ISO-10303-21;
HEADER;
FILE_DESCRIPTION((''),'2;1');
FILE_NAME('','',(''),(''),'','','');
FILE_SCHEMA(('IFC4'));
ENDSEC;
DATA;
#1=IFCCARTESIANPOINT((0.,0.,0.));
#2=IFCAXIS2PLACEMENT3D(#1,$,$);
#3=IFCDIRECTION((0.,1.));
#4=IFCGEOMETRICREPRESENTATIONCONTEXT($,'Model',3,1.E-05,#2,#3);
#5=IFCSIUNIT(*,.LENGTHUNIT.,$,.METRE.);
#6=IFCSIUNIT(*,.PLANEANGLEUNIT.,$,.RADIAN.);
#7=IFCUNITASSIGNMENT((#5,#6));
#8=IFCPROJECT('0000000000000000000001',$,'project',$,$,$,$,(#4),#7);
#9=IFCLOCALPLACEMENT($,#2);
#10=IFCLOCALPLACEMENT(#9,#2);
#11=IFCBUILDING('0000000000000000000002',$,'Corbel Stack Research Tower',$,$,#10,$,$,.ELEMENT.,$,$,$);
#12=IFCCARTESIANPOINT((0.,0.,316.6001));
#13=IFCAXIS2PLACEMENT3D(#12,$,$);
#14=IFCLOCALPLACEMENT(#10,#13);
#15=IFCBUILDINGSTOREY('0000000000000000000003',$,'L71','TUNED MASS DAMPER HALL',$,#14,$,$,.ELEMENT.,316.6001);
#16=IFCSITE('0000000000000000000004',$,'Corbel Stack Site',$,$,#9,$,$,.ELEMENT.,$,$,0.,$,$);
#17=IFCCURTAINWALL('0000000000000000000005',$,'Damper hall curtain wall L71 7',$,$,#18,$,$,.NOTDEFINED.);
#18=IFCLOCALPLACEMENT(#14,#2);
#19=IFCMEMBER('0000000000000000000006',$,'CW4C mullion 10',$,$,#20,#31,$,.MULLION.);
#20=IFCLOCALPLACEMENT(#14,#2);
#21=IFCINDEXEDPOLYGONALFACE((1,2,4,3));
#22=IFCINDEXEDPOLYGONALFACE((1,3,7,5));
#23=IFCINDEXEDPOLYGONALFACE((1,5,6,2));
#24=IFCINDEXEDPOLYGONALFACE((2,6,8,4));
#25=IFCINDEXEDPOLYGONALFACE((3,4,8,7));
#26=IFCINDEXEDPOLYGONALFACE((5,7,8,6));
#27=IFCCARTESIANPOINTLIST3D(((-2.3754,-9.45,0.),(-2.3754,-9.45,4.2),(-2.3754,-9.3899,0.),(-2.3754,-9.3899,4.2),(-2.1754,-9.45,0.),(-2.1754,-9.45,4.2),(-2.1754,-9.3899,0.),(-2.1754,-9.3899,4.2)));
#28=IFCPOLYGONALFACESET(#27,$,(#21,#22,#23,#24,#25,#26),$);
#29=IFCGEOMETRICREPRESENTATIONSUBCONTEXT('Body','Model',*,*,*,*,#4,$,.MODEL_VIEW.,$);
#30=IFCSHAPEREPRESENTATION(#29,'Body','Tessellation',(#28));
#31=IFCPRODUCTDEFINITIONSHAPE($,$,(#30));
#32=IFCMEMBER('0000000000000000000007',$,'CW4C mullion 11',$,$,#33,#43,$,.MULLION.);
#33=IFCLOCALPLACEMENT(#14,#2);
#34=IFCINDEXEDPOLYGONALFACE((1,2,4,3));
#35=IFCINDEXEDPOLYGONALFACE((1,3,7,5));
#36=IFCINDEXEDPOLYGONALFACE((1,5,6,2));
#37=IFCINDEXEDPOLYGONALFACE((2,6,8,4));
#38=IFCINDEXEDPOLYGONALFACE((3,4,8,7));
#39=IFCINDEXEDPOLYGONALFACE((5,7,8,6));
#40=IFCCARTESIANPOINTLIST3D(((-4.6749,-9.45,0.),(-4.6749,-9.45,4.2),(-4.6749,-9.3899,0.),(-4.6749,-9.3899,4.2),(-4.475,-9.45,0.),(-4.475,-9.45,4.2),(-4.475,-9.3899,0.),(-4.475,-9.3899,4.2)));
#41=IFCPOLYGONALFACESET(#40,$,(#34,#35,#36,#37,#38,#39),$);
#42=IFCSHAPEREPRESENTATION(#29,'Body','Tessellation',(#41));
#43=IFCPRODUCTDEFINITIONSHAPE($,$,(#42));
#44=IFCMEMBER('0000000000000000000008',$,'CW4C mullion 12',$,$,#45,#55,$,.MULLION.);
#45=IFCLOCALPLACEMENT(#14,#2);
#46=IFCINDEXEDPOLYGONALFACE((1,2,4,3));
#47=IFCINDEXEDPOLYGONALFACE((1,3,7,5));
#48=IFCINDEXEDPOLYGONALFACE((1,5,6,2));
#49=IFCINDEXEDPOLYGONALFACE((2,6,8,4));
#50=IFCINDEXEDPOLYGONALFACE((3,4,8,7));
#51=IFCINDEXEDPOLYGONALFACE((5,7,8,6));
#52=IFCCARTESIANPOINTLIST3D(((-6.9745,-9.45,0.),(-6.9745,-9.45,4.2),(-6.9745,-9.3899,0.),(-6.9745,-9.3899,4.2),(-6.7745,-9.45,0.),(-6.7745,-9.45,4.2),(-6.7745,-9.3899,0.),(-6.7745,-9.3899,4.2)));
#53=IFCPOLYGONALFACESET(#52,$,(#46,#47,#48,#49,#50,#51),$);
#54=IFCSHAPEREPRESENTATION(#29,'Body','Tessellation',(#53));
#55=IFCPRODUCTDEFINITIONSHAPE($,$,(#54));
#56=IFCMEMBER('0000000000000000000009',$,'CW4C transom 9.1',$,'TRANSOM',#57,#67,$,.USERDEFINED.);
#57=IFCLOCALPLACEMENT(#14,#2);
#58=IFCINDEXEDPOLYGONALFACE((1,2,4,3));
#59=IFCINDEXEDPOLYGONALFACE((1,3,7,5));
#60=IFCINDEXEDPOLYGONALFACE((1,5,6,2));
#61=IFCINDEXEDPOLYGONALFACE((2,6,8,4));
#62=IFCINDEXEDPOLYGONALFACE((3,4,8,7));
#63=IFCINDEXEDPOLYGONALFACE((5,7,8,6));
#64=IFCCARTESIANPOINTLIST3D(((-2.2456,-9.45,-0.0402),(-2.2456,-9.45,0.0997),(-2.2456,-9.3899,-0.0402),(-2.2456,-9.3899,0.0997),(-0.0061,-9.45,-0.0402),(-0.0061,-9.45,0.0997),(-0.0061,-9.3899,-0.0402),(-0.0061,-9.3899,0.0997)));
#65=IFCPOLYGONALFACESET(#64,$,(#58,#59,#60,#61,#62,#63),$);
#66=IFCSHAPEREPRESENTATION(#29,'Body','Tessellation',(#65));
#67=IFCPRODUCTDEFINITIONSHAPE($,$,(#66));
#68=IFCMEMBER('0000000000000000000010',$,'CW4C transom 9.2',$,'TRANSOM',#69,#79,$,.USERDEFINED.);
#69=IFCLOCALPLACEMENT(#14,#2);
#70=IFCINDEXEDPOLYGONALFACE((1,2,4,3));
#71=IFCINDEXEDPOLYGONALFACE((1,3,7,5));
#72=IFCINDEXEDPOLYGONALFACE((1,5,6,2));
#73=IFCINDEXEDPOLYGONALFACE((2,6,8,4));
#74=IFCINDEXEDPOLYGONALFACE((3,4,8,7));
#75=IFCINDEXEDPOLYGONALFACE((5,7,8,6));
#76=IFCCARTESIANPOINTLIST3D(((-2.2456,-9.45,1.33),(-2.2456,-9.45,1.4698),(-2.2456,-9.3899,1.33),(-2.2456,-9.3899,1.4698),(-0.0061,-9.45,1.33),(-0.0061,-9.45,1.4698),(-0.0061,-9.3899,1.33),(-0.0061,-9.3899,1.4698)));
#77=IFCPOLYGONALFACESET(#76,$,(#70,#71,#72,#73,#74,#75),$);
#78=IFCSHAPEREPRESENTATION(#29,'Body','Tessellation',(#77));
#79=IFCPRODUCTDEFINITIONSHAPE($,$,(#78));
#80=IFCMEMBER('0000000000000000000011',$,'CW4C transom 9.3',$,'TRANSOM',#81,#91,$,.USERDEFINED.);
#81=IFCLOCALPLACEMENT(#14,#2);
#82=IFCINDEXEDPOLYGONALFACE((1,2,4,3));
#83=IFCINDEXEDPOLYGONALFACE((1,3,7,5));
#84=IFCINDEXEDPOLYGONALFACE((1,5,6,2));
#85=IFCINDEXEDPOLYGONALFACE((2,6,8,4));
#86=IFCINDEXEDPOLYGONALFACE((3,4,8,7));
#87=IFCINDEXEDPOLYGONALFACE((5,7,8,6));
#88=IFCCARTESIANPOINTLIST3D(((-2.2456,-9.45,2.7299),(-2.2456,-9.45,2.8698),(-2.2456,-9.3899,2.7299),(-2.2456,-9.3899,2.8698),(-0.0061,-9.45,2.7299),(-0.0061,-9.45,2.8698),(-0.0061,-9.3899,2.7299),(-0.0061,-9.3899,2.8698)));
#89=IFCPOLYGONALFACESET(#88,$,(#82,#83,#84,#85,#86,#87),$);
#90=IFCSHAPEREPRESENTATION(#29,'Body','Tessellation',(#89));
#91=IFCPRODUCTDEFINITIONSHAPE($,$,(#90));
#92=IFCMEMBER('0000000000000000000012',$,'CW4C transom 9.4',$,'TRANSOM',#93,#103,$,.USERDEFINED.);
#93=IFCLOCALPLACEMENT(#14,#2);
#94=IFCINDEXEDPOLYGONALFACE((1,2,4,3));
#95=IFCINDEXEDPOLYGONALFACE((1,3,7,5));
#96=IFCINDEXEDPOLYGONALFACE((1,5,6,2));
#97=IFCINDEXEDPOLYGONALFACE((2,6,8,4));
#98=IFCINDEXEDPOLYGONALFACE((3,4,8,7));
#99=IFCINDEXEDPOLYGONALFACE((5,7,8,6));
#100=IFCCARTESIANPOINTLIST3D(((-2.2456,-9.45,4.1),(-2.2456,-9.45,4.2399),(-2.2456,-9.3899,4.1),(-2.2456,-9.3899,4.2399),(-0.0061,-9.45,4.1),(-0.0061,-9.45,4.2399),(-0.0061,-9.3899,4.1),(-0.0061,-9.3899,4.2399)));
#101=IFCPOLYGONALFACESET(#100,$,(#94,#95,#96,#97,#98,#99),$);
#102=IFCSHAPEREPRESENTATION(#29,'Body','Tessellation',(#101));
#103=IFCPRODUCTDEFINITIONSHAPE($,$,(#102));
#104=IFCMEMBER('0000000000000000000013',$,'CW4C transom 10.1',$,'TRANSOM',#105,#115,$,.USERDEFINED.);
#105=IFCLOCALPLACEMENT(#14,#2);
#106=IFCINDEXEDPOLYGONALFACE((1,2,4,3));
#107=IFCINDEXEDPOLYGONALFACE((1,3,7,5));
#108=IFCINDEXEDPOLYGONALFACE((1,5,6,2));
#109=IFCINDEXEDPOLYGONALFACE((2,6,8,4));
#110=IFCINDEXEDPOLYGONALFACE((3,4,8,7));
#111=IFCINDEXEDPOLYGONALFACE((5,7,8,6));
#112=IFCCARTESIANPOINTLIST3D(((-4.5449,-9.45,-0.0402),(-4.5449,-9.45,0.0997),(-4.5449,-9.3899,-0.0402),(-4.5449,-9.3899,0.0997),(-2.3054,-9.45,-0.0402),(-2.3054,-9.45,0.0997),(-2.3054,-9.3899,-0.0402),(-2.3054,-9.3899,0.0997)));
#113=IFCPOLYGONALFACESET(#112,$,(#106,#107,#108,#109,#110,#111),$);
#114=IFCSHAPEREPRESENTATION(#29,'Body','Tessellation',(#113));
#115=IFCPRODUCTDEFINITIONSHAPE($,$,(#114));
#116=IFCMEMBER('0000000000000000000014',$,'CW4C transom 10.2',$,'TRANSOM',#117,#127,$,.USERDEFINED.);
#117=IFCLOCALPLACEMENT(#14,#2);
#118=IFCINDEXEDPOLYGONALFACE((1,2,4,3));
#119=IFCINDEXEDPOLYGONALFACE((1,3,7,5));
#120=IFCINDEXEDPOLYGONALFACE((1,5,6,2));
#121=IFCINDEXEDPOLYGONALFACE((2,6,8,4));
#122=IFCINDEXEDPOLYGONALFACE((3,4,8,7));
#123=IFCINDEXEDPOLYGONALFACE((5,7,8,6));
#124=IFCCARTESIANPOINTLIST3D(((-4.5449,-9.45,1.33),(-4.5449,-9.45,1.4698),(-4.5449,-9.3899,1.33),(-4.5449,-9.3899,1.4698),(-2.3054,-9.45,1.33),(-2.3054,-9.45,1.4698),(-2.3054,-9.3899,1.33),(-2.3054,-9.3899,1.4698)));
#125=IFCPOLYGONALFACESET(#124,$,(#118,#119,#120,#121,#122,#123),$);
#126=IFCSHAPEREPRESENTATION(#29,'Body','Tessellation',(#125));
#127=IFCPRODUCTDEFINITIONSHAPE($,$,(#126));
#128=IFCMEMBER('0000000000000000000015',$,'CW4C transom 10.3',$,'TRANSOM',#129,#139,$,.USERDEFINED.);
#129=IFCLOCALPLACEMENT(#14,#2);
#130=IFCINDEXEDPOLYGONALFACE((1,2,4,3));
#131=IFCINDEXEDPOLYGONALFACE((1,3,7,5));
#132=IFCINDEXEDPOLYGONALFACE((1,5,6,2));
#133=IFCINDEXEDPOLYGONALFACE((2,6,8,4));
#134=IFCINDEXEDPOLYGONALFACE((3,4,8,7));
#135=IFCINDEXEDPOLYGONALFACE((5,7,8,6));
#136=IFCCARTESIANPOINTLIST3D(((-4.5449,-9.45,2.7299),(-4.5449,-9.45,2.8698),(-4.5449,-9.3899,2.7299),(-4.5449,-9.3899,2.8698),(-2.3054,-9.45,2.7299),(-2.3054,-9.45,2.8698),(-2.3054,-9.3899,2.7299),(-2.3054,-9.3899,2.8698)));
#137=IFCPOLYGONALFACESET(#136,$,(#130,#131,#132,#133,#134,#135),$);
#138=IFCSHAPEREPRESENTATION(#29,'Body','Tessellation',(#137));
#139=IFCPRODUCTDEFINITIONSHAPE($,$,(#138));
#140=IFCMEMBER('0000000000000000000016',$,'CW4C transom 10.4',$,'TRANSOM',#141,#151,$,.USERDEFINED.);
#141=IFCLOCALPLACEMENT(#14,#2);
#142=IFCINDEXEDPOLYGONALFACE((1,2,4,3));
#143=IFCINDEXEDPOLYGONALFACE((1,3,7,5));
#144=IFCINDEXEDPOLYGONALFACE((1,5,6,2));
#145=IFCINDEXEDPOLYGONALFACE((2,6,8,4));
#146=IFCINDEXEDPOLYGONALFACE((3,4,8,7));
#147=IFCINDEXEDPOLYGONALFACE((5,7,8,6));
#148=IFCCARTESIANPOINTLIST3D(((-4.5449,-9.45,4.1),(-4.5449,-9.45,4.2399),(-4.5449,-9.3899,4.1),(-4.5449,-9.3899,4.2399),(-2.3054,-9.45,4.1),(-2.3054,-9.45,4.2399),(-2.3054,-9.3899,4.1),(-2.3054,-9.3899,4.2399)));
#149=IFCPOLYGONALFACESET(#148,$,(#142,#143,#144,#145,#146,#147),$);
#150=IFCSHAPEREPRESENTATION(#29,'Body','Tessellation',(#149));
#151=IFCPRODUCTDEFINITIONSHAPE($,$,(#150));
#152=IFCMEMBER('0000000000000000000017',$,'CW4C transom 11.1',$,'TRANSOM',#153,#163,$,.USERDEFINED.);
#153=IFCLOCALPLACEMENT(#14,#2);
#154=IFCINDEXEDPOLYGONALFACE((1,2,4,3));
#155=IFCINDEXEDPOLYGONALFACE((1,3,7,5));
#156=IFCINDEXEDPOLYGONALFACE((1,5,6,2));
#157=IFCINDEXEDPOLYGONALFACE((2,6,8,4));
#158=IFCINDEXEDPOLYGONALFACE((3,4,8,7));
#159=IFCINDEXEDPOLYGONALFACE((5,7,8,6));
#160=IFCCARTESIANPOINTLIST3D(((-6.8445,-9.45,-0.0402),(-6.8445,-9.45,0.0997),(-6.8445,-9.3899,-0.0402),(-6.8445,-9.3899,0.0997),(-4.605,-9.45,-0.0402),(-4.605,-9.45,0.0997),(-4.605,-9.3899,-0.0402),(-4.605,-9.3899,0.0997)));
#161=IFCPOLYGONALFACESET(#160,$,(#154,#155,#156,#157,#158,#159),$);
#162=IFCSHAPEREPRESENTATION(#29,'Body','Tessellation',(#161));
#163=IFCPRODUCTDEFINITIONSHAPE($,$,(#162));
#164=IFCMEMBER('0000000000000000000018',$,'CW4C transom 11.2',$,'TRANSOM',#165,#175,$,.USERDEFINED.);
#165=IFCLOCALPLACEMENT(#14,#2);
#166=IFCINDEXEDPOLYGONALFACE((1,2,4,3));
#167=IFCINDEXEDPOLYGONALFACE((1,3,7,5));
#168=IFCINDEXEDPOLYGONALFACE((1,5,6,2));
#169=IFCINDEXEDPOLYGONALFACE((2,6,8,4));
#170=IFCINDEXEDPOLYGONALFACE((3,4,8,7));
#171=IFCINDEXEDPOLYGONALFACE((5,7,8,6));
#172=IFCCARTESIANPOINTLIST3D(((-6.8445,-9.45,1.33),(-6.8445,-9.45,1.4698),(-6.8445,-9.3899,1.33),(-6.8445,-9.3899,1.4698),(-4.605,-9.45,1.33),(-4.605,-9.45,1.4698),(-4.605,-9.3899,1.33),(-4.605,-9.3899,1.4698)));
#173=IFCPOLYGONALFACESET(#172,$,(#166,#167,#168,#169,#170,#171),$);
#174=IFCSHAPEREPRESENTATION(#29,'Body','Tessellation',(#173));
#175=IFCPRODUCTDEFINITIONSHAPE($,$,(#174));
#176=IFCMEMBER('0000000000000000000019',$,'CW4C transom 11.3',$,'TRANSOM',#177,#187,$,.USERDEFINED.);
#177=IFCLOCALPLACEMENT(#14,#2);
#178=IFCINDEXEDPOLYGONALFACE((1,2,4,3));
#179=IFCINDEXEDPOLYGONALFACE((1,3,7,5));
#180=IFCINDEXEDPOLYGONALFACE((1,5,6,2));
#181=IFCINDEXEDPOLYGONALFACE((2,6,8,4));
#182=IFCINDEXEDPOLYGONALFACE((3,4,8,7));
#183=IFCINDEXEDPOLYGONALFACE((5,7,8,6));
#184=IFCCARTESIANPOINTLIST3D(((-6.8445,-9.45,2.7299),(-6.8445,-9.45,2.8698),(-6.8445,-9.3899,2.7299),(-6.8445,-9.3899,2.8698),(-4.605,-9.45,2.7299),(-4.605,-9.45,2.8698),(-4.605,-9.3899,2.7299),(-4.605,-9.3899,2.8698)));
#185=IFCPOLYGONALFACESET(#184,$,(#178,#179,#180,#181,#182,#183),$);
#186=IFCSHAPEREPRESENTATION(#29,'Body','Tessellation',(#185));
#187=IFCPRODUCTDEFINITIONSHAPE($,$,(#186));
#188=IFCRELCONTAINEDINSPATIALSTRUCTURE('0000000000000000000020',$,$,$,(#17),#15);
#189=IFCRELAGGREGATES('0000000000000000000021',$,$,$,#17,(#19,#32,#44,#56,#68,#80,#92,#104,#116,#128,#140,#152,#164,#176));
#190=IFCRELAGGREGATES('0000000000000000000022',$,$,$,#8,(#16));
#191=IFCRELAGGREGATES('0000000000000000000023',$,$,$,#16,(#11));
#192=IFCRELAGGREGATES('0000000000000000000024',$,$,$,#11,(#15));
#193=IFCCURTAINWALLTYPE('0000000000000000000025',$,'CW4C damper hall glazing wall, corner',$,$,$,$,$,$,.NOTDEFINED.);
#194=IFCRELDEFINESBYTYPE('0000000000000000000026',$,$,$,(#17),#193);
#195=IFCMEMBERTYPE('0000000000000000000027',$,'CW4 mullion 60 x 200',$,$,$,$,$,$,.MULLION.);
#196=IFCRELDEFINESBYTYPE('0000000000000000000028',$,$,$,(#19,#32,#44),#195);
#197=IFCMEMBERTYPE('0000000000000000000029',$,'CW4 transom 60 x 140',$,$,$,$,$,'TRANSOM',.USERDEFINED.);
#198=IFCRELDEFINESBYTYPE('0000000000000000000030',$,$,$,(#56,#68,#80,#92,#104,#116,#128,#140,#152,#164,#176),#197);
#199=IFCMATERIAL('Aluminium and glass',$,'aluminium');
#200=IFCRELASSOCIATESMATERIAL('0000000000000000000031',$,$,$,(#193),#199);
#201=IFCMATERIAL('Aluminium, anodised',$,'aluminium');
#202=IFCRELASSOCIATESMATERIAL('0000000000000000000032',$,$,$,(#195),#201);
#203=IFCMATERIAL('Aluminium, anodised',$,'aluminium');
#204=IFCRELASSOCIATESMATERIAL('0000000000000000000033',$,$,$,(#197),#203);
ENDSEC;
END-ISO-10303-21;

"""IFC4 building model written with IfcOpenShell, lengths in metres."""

from ifc_helpers import new_model, si_unit, direction, frame, origin, origin_2d, place, context, subcontext, project, spatial, rectangle, extrude, material, material_profile, profile_set, type_object, element, aggregate, save


model = new_model("IFC4")

# Units and contexts
model_context = context("Model", 3, precision=1e-05, world=origin(), true_north=direction((0.0, 1.0)))
body_context = subcontext(model_context, "Body", "Model", "MODEL_VIEW")
ifc_project = project(units=[si_unit("LENGTHUNIT", "METRE"), si_unit("PLANEANGLEUNIT", "RADIAN")], contexts=[model_context])

# Site, building, storey
site_placement = place(None, origin())
site = spatial("IfcSite", under=ifc_project, at=site_placement, Name="Corbel Stack Site", CompositionType="ELEMENT", RefElevation=0.0)
building_placement = place(site_placement, origin())
building = spatial("IfcBuilding", under=site, at=building_placement, Name="Corbel Stack Research Tower", CompositionType="ELEMENT")
storey_placement = place(building_placement, frame((0.0, 0.0, 316.6001)))
storey = spatial("IfcBuildingStorey", under=building, at=storey_placement, Name="L71", Description="TUNED MASS DAMPER HALL", CompositionType="ELEMENT", Elevation=316.6001)

# Curtain wall, members
ifc_material_1 = material(Name="Aluminium and glass", Category="aluminium")
curtain_wall_type = type_object("IfcCurtainWallType", Name="CW4C damper hall glazing wall, corner", PredefinedType="NOTDEFINED", material=ifc_material_1)
curtain_wall_placement = place(storey_placement, origin())
curtain_wall = element("IfcCurtainWall", 1, at=curtain_wall_placement, inside=storey, type_object=curtain_wall_type, Name="Damper hall curtain wall L71 7", PredefinedType="NOTDEFINED")
ifc_material_2 = material(Name="Aluminium, anodised", Category="aluminium")
ifc_material_profile_1 = material_profile(ifc_material_2, rectangle(XDim=0.0601, YDim=0.2, at=origin_2d()), Name="CW4 mullion 60 x 200")
ifc_profile_set_1 = profile_set([ifc_material_profile_1], Name="Aluminium, anodised")
member_type_1 = type_object("IfcMemberType", Name="CW4 mullion 60 x 200", PredefinedType="MULLION", material=ifc_profile_set_1)
member_1_placement = place(storey_placement, frame((-2.2754, -9.4199, 0.0), z_axis=(0.0, 0.0, 1.0), x_axis=(0.0, -1.0, 0.0)))
member_1 = element("IfcMember", 2, at=member_1_placement, type_object=member_type_1, Name="CW4C mullion 10", PredefinedType="MULLION", context=body_context, shape_type="SweptSolid", body=[
    extrude(rectangle(XDim=0.0601, YDim=0.2, at=origin_2d()), origin(), (0.0, 0.0, 1.0), 4.2),
])
member_2_placement = place(storey_placement, frame((-4.575, -9.4199, 0.0), z_axis=(0.0, 0.0, 1.0), x_axis=(0.0, -1.0, 0.0)))
member_2 = element("IfcMember", 3, at=member_2_placement, type_object=member_type_1, Name="CW4C mullion 11", PredefinedType="MULLION", context=body_context, shape_type="SweptSolid", body=[
    extrude(rectangle(XDim=0.0601, YDim=0.2, at=origin_2d()), origin(), (0.0, 0.0, 1.0), 4.2),
])
member_3_placement = place(storey_placement, frame((-6.8745, -9.4199, 0.0), z_axis=(0.0, 0.0, 1.0), x_axis=(0.0, -1.0, 0.0)))
member_3 = element("IfcMember", 4, at=member_3_placement, type_object=member_type_1, Name="CW4C mullion 12", PredefinedType="MULLION", context=body_context, shape_type="SweptSolid", body=[
    extrude(rectangle(XDim=0.0601, YDim=0.2, at=origin_2d()), origin(), (0.0, 0.0, 1.0), 4.2),
])
ifc_material_3 = material(Name="Aluminium, anodised", Category="aluminium")
ifc_material_profile_2 = material_profile(ifc_material_3, rectangle(XDim=0.0601, YDim=0.1399, at=origin_2d()), Name="CW4 transom 60 x 140")
ifc_profile_set_2 = profile_set([ifc_material_profile_2], Name="Aluminium, anodised")
member_type_2 = type_object("IfcMemberType", Name="CW4 transom 60 x 140", ElementType="TRANSOM", PredefinedType="USERDEFINED", material=ifc_profile_set_2)
member_4_placement = place(storey_placement, frame((-0.0061, -9.4199, 0.0298), z_axis=(-1.0, 0.0, 0.0), x_axis=(0.0, -1.0, 0.0)))
member_4 = element("IfcMember", 5, at=member_4_placement, type_object=member_type_2, Name="CW4C transom 9.1", ObjectType="TRANSOM", PredefinedType="USERDEFINED", context=body_context, shape_type="SweptSolid", body=[
    extrude(rectangle(XDim=0.0601, YDim=0.1399, at=origin_2d()), origin(), (0.0, 0.0, 1.0), 2.2395),
])
member_5_placement = place(storey_placement, frame((-0.0061, -9.4199, 1.3999), z_axis=(-1.0, 0.0, 0.0), x_axis=(0.0, -1.0, 0.0)))
member_5 = element("IfcMember", 6, at=member_5_placement, type_object=member_type_2, Name="CW4C transom 9.2", ObjectType="TRANSOM", PredefinedType="USERDEFINED", context=body_context, shape_type="SweptSolid", body=[
    extrude(rectangle(XDim=0.0601, YDim=0.1399, at=origin_2d()), origin(), (0.0, 0.0, 1.0), 2.2395),
])
member_6_placement = place(storey_placement, frame((-0.0061, -9.4199, 2.7998), z_axis=(-1.0, 0.0, 0.0), x_axis=(0.0, -1.0, 0.0)))
member_6 = element("IfcMember", 7, at=member_6_placement, type_object=member_type_2, Name="CW4C transom 9.3", ObjectType="TRANSOM", PredefinedType="USERDEFINED", context=body_context, shape_type="SweptSolid", body=[
    extrude(rectangle(XDim=0.0601, YDim=0.1399, at=origin_2d()), origin(), (0.0, 0.0, 1.0), 2.2395),
])
member_7_placement = place(storey_placement, frame((-0.0061, -9.4199, 4.1699), z_axis=(-1.0, 0.0, 0.0), x_axis=(0.0, -1.0, 0.0)))
member_7 = element("IfcMember", 8, at=member_7_placement, type_object=member_type_2, Name="CW4C transom 9.4", ObjectType="TRANSOM", PredefinedType="USERDEFINED", context=body_context, shape_type="SweptSolid", body=[
    extrude(rectangle(XDim=0.0601, YDim=0.1399, at=origin_2d()), origin(), (0.0, 0.0, 1.0), 2.2395),
])
member_8_placement = place(storey_placement, frame((-2.3054, -9.4199, 0.0298), z_axis=(-1.0, 0.0, 0.0), x_axis=(0.0, -1.0, 0.0)))
member_8 = element("IfcMember", 9, at=member_8_placement, type_object=member_type_2, Name="CW4C transom 10.1", ObjectType="TRANSOM", PredefinedType="USERDEFINED", context=body_context, shape_type="SweptSolid", body=[
    extrude(rectangle(XDim=0.0601, YDim=0.1399, at=origin_2d()), origin(), (0.0, 0.0, 1.0), 2.2395),
])
member_9_placement = place(storey_placement, frame((-2.3054, -9.4199, 1.3999), z_axis=(-1.0, 0.0, 0.0), x_axis=(0.0, -1.0, 0.0)))
member_9 = element("IfcMember", 10, at=member_9_placement, type_object=member_type_2, Name="CW4C transom 10.2", ObjectType="TRANSOM", PredefinedType="USERDEFINED", context=body_context, shape_type="SweptSolid", body=[
    extrude(rectangle(XDim=0.0601, YDim=0.1399, at=origin_2d()), origin(), (0.0, 0.0, 1.0), 2.2395),
])
member_10_placement = place(storey_placement, frame((-2.3054, -9.4199, 2.7998), z_axis=(-1.0, 0.0, 0.0), x_axis=(0.0, -1.0, 0.0)))
member_10 = element("IfcMember", 11, at=member_10_placement, type_object=member_type_2, Name="CW4C transom 10.3", ObjectType="TRANSOM", PredefinedType="USERDEFINED", context=body_context, shape_type="SweptSolid", body=[
    extrude(rectangle(XDim=0.0601, YDim=0.1399, at=origin_2d()), origin(), (0.0, 0.0, 1.0), 2.2395),
])
member_11_placement = place(storey_placement, frame((-2.3054, -9.4199, 4.1699), z_axis=(-1.0, 0.0, 0.0), x_axis=(0.0, -1.0, 0.0)))
member_11 = element("IfcMember", 12, at=member_11_placement, type_object=member_type_2, Name="CW4C transom 10.4", ObjectType="TRANSOM", PredefinedType="USERDEFINED", context=body_context, shape_type="SweptSolid", body=[
    extrude(rectangle(XDim=0.0601, YDim=0.1399, at=origin_2d()), origin(), (0.0, 0.0, 1.0), 2.2395),
])
member_12_placement = place(storey_placement, frame((-4.605, -9.4199, 0.0298), z_axis=(-1.0, 0.0, 0.0), x_axis=(0.0, -1.0, 0.0)))
member_12 = element("IfcMember", 13, at=member_12_placement, type_object=member_type_2, Name="CW4C transom 11.1", ObjectType="TRANSOM", PredefinedType="USERDEFINED", context=body_context, shape_type="SweptSolid", body=[
    extrude(rectangle(XDim=0.0601, YDim=0.1399, at=origin_2d()), origin(), (0.0, 0.0, 1.0), 2.2395),
])
member_13_placement = place(storey_placement, frame((-4.605, -9.4199, 1.3999), z_axis=(-1.0, 0.0, 0.0), x_axis=(0.0, -1.0, 0.0)))
member_13 = element("IfcMember", 14, at=member_13_placement, type_object=member_type_2, Name="CW4C transom 11.2", ObjectType="TRANSOM", PredefinedType="USERDEFINED", context=body_context, shape_type="SweptSolid", body=[
    extrude(rectangle(XDim=0.0601, YDim=0.1399, at=origin_2d()), origin(), (0.0, 0.0, 1.0), 2.2395),
])
member_14_placement = place(storey_placement, frame((-4.605, -9.4199, 2.7998), z_axis=(-1.0, 0.0, 0.0), x_axis=(0.0, -1.0, 0.0)))
member_14 = element("IfcMember", 15, at=member_14_placement, type_object=member_type_2, Name="CW4C transom 11.3", ObjectType="TRANSOM", PredefinedType="USERDEFINED", context=body_context, shape_type="SweptSolid", body=[
    extrude(rectangle(XDim=0.0601, YDim=0.1399, at=origin_2d()), origin(), (0.0, 0.0, 1.0), 2.2395),
])
aggregate(curtain_wall, [member_1, member_2, member_3, member_4, member_5, member_6, member_7, member_8, member_9, member_10, member_11, member_12, member_13, member_14])

save(model, "model.ifc")
